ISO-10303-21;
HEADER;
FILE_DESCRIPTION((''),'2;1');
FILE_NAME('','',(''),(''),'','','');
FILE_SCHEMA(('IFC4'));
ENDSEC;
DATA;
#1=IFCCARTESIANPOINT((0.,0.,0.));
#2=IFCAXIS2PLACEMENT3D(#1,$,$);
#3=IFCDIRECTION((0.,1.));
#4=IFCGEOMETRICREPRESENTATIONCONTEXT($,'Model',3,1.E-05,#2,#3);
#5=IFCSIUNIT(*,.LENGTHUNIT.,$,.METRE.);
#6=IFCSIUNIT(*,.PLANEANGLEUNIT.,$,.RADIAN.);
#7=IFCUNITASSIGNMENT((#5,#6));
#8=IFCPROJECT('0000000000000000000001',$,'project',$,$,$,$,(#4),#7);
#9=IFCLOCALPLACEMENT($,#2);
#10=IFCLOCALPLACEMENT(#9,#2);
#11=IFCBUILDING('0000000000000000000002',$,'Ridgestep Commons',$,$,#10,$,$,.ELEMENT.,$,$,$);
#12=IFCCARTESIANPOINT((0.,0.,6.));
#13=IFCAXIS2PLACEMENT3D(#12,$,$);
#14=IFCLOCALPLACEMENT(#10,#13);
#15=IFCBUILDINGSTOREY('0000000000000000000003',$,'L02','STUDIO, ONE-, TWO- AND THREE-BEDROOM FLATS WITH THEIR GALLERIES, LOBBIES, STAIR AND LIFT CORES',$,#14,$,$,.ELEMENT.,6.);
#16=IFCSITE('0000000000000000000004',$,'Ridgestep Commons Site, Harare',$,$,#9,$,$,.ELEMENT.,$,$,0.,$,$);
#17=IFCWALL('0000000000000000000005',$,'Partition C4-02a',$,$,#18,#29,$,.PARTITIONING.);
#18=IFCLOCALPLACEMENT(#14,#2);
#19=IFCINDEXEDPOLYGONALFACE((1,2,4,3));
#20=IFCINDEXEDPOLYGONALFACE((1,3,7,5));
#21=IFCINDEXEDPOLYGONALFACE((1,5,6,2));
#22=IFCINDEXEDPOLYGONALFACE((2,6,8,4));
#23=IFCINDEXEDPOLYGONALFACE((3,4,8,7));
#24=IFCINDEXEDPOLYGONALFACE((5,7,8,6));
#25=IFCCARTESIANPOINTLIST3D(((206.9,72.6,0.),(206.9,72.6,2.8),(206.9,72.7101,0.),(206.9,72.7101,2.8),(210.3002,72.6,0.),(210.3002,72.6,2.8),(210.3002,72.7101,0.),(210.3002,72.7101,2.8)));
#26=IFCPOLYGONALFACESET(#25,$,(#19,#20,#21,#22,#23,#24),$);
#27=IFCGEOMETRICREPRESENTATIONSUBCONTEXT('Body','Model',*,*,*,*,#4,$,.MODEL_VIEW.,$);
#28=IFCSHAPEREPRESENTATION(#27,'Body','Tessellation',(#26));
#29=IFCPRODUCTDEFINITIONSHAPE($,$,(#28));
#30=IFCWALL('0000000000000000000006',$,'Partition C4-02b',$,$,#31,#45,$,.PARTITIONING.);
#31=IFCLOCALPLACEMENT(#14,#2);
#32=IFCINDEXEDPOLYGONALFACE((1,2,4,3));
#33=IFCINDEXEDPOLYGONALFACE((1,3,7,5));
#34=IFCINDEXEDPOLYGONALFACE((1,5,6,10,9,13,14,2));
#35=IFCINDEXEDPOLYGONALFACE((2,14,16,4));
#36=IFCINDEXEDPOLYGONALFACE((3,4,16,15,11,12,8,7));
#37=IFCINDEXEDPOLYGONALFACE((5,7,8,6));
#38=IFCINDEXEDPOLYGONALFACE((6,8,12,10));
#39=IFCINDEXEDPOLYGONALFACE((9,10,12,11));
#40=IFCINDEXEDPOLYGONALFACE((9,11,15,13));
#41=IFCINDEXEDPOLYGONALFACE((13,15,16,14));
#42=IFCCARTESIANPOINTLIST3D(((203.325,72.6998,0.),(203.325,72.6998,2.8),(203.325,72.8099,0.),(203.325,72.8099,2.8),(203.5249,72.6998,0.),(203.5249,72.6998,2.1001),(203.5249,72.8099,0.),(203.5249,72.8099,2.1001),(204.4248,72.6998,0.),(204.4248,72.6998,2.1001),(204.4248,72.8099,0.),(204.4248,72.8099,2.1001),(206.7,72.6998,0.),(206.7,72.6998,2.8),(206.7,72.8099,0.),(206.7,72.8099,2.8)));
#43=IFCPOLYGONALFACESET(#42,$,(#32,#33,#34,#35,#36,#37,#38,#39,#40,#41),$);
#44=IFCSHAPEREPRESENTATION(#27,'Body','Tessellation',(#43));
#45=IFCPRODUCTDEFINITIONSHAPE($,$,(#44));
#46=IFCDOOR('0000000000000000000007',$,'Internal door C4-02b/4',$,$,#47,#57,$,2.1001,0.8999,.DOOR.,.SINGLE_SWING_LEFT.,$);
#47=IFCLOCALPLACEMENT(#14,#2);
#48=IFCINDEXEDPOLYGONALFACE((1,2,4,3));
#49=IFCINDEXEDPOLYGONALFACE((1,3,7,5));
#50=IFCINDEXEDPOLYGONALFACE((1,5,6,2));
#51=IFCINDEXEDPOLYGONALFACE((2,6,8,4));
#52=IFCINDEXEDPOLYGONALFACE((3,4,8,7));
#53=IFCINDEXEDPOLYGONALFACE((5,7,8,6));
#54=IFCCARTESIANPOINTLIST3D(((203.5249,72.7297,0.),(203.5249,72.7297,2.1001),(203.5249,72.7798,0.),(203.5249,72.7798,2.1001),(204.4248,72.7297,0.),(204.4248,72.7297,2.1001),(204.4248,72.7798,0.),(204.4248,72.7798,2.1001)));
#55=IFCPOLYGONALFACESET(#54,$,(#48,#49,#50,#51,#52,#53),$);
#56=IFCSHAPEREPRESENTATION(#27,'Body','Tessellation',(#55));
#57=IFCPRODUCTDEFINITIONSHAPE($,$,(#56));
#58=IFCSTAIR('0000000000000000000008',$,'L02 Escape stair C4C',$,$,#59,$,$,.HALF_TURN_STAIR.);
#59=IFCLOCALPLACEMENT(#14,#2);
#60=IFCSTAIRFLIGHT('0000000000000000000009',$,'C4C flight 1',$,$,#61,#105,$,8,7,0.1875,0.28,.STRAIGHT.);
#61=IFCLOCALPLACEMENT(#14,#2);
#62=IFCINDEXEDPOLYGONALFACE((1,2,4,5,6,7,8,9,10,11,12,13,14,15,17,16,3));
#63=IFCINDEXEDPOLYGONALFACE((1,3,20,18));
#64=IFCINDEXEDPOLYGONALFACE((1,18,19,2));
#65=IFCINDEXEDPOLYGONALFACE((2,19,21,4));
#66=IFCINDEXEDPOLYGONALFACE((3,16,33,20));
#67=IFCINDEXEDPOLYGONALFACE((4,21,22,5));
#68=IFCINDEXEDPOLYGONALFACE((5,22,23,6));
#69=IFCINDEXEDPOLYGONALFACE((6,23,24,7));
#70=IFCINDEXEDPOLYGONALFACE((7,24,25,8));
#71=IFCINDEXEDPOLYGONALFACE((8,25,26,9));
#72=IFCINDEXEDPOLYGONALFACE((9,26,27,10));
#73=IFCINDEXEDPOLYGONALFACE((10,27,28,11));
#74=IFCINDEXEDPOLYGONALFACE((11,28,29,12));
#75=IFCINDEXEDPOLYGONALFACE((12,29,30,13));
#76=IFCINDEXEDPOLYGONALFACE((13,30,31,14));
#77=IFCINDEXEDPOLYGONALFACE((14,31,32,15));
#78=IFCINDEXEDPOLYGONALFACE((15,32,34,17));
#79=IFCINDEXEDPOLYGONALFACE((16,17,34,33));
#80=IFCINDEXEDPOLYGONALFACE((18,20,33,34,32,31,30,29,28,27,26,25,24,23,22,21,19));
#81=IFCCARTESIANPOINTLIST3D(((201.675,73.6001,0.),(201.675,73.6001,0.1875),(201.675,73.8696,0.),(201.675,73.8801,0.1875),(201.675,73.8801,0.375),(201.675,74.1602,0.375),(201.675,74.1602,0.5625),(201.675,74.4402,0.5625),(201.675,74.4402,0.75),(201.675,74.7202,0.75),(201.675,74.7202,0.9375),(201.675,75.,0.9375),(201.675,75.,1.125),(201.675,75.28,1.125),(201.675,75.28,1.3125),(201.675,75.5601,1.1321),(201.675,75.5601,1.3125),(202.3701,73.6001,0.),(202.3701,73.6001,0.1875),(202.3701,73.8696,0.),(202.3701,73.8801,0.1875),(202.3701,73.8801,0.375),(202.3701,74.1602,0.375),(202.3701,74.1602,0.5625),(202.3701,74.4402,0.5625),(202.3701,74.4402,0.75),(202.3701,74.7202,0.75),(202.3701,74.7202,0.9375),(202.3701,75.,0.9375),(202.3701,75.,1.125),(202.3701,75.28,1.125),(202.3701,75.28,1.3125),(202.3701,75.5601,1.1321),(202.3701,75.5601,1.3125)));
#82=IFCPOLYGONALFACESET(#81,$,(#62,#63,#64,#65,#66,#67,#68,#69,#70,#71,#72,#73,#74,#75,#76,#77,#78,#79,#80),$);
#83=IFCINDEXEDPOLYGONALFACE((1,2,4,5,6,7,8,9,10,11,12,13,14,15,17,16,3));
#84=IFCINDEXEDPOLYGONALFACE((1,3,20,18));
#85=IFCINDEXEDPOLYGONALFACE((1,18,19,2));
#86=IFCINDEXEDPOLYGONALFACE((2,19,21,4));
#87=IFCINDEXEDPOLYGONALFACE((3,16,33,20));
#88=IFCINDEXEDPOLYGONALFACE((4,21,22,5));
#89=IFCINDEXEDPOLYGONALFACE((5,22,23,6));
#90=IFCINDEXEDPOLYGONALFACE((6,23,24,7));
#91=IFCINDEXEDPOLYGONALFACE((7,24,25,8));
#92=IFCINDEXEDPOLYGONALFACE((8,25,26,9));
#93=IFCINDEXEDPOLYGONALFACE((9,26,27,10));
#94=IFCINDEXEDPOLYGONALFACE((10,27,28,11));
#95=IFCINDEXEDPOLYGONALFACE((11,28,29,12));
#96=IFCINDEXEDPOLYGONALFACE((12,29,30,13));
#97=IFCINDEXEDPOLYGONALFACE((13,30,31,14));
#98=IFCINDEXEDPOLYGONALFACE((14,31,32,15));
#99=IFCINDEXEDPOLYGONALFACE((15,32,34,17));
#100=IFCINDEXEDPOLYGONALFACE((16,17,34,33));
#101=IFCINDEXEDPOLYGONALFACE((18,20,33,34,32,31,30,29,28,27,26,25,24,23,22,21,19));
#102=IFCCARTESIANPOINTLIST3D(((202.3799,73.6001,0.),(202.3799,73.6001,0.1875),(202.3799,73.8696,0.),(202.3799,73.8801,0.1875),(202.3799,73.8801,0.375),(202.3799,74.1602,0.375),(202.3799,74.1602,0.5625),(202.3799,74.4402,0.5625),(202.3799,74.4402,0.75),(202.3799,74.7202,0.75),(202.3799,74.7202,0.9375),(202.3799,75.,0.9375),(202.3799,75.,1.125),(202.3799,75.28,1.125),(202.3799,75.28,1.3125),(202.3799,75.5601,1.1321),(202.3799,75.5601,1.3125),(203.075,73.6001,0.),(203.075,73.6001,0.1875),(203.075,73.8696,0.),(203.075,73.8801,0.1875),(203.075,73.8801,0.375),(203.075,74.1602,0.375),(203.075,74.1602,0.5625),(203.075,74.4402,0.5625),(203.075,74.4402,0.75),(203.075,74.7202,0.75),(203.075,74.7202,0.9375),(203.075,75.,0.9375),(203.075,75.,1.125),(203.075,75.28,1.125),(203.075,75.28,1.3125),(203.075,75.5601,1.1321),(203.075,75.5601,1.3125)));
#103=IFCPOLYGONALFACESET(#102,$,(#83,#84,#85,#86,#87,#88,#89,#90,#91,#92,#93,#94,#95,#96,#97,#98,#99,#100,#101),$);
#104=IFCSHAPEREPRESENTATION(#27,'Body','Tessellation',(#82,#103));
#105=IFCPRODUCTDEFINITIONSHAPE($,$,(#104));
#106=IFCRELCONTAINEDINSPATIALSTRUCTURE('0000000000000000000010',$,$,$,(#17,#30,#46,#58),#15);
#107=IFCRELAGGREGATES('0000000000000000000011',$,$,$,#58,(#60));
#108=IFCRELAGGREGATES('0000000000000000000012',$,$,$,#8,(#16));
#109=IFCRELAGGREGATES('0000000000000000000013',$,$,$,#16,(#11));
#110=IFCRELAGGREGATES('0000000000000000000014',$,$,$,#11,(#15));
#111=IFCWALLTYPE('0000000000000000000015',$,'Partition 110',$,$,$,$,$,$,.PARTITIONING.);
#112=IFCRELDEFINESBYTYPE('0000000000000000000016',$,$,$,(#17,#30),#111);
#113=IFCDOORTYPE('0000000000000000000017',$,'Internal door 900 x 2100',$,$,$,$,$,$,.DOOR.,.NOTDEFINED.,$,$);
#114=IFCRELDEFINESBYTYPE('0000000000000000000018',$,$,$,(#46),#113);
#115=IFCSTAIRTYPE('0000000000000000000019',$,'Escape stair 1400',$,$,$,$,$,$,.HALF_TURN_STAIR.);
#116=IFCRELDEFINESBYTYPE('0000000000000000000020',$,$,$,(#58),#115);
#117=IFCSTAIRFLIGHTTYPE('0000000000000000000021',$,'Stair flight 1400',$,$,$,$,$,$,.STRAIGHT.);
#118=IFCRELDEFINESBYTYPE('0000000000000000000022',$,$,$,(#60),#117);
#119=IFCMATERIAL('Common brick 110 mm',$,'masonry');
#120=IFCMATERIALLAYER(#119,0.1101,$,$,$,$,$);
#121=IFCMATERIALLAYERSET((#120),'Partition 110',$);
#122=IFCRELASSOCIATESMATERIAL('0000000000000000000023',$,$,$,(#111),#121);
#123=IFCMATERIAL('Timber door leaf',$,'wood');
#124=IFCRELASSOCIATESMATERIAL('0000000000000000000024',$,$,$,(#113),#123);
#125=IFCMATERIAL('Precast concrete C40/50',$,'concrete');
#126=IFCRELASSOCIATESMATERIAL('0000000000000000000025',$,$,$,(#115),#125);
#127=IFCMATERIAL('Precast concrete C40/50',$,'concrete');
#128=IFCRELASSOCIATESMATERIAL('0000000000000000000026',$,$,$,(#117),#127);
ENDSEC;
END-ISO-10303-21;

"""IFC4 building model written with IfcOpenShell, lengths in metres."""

from ifc_helpers import new_model, si_unit, direction, frame, frame_2d, origin, place, context, subcontext, project, spatial, polyline, rectangle, outline, extrude, material, layer, layer_set, type_object, element, fill, aggregate, save


model = new_model("IFC4")

# Units and contexts
model_context = context("Model", 3, precision=1e-05, world=origin(), true_north=direction((0.0, 1.0)))
body_context = subcontext(model_context, "Body", "Model", "MODEL_VIEW")
ifc_project = project(units=[si_unit("LENGTHUNIT", "METRE"), si_unit("PLANEANGLEUNIT", "RADIAN")], contexts=[model_context])

# Site, building, storey
site_placement = place(None, origin())
site = spatial("IfcSite", under=ifc_project, at=site_placement, Name="Ridgestep Commons Site, Harare", CompositionType="ELEMENT", RefElevation=0.0)
building_placement = place(site_placement, origin())
building = spatial("IfcBuilding", under=site, at=building_placement, Name="Ridgestep Commons", CompositionType="ELEMENT")
storey_placement = place(building_placement, frame((0.0, 0.0, 6.0)))
storey = spatial("IfcBuildingStorey", under=building, at=storey_placement, Name="L02", Description="STUDIO, ONE-, TWO- AND THREE-BEDROOM FLATS WITH THEIR GALLERIES, LOBBIES, STAIR AND LIFT CORES", CompositionType="ELEMENT", Elevation=6.0)

# Wall
ifc_material_1 = material(Name="Common brick 110 mm", Category="masonry")
ifc_layer_1 = layer(ifc_material_1, 0.1101)
ifc_layer_set_1 = layer_set([ifc_layer_1], Name="Partition 110")
wall_type_1 = type_object("IfcWallType", Name="Partition 110", PredefinedType="PARTITIONING", material=ifc_layer_set_1)
wall_1_placement = place(storey_placement, frame((206.8999, 72.655, 0.0), z_axis=(0.0, 0.0, 1.0), x_axis=(1.0, 0.0, 0.0)))
element("IfcWall", 1, at=wall_1_placement, inside=storey, type_object=wall_type_1, Name="Partition C4-02a", PredefinedType="PARTITIONING", context=body_context, shape_type="SweptSolid", body=[
    extrude(rectangle(XDim=3.4001, YDim=0.1101, at=frame_2d((1.7002, 0.0))), origin(), (0.0, 0.0, 1.0), 2.8),
])

# Wall, opening, door
wall_2_placement = place(storey_placement, frame((203.325, 72.7549, 0.0), z_axis=(0.0, 0.0, 1.0), x_axis=(1.0, 0.0, 0.0)))
wall_2 = element("IfcWall", 2, at=wall_2_placement, inside=storey, type_object=wall_type_1, Name="Partition C4-02b", PredefinedType="PARTITIONING", context=body_context, shape_type="SweptSolid", body=[
    extrude(rectangle(XDim=3.375, YDim=0.1101, at=frame_2d((1.6875, 0.0))), origin(), (0.0, 0.0, 1.0), 2.8),
])
opening_1_placement = place(wall_2_placement, frame((0.2, 0.0, 0.0)))
opening_1 = element("IfcOpeningElement", 3, at=opening_1_placement, cuts=wall_2, PredefinedType="OPENING", context=body_context, shape_type="SweptSolid", body=[
    extrude(rectangle(XDim=0.8999, YDim=2.1001, at=frame_2d((0.45, 1.05))), frame((0.0, 0.0649, 0.0), z_axis=(0.0, -1.0, 0.0), x_axis=(1.0, 0.0, 0.0)), (0.0, 0.0, 1.0), 0.1301),
])
ifc_material_2 = material(Name="Timber door leaf", Category="wood")
door_type_1 = type_object("IfcDoorType", Name="Internal door 900 x 2100", OperationType="NOTDEFINED", PredefinedType="DOOR", material=ifc_material_2)
door_1_placement = place(opening_1_placement, origin())
door_1 = element("IfcDoor", 4, at=door_1_placement, inside=storey, type_object=door_type_1, Name="Internal door C4-02b/4", OperationType="SINGLE_SWING_LEFT", OverallHeight=2.1001, OverallWidth=0.8999, PredefinedType="DOOR", context=body_context, shape_type="SweptSolid", body=[
    extrude(rectangle(XDim=0.8999, YDim=2.1001, at=frame_2d((0.45, 1.05))), frame((0.0, 0.0249, 0.0), z_axis=(0.0, -1.0, 0.0), x_axis=(1.0, 0.0, 0.0)), (0.0, 0.0, 1.0), 0.05),
])
fill(opening_1, door_1)

# Stair, stair flight
ifc_material_3 = material(Name="Precast concrete C40/50", Category="concrete")
stair_type = type_object("IfcStairType", Name="Escape stair 1400", PredefinedType="HALF_TURN_STAIR", material=ifc_material_3)
stair_placement = place(storey_placement, origin())
stair = element("IfcStair", 5, at=stair_placement, inside=storey, type_object=stair_type, Name="L02 Escape stair C4C", PredefinedType="HALF_TURN_STAIR")
ifc_material_4 = material(Name="Precast concrete C40/50", Category="concrete")
stair_flight_type = type_object("IfcStairFlightType", Name="Stair flight 1400", PredefinedType="STRAIGHT", material=ifc_material_4)
stair_flight_placement = place(storey_placement, frame((202.375, 73.6001, 0.0), z_axis=(0.0, 0.0, 1.0), x_axis=(0.0, 1.0, 0.0)))
stair_flight = element("IfcStairFlight", 6, at=stair_flight_placement, type_object=stair_flight_type, Name="C4C flight 1", NumberOfRisers=8, NumberOfTreads=7, PredefinedType="STRAIGHT", RiserHeight=0.1875, TreadLength=0.28, context=body_context, shape_type="SweptSolid", body=[
    extrude(outline(polyline([(0.0, 0.0), (0.0, 0.1875), (0.28, 0.1875), (0.28, 0.375), (0.5601, 0.375), (0.5601, 0.5625), (0.8401, 0.5625), (0.8401, 0.75), (1.1201, 0.75), (1.1201, 0.9375), (1.3999, 0.9375), (1.3999, 1.125), (1.6799, 1.125), (1.6799, 1.3125), (1.96, 1.3125), (1.96, 1.5), (1.96, 1.1321), (0.2695, 0.0), (0.0, 0.0)])), frame((0.0, 0.7, 0.0), z_axis=(0.0, -1.0, 0.0), x_axis=(1.0, 0.0, 0.0)), (0.0, 0.0, 1.0), 0.6951),
    extrude(outline(polyline([(0.0, 0.0), (0.0, 0.1875), (0.28, 0.1875), (0.28, 0.375), (0.5601, 0.375), (0.5601, 0.5625), (0.8401, 0.5625), (0.8401, 0.75), (1.1201, 0.75), (1.1201, 0.9375), (1.3999, 0.9375), (1.3999, 1.125), (1.6799, 1.125), (1.6799, 1.3125), (1.96, 1.3125), (1.96, 1.5), (1.96, 1.1321), (0.2695, 0.0), (0.0, 0.0)])), frame((0.0, -0.0049, 0.0), z_axis=(0.0, -1.0, 0.0), x_axis=(1.0, 0.0, 0.0)), (0.0, 0.0, 1.0), 0.6951),
])
aggregate(stair, [stair_flight])

save(model, "model.ifc")
